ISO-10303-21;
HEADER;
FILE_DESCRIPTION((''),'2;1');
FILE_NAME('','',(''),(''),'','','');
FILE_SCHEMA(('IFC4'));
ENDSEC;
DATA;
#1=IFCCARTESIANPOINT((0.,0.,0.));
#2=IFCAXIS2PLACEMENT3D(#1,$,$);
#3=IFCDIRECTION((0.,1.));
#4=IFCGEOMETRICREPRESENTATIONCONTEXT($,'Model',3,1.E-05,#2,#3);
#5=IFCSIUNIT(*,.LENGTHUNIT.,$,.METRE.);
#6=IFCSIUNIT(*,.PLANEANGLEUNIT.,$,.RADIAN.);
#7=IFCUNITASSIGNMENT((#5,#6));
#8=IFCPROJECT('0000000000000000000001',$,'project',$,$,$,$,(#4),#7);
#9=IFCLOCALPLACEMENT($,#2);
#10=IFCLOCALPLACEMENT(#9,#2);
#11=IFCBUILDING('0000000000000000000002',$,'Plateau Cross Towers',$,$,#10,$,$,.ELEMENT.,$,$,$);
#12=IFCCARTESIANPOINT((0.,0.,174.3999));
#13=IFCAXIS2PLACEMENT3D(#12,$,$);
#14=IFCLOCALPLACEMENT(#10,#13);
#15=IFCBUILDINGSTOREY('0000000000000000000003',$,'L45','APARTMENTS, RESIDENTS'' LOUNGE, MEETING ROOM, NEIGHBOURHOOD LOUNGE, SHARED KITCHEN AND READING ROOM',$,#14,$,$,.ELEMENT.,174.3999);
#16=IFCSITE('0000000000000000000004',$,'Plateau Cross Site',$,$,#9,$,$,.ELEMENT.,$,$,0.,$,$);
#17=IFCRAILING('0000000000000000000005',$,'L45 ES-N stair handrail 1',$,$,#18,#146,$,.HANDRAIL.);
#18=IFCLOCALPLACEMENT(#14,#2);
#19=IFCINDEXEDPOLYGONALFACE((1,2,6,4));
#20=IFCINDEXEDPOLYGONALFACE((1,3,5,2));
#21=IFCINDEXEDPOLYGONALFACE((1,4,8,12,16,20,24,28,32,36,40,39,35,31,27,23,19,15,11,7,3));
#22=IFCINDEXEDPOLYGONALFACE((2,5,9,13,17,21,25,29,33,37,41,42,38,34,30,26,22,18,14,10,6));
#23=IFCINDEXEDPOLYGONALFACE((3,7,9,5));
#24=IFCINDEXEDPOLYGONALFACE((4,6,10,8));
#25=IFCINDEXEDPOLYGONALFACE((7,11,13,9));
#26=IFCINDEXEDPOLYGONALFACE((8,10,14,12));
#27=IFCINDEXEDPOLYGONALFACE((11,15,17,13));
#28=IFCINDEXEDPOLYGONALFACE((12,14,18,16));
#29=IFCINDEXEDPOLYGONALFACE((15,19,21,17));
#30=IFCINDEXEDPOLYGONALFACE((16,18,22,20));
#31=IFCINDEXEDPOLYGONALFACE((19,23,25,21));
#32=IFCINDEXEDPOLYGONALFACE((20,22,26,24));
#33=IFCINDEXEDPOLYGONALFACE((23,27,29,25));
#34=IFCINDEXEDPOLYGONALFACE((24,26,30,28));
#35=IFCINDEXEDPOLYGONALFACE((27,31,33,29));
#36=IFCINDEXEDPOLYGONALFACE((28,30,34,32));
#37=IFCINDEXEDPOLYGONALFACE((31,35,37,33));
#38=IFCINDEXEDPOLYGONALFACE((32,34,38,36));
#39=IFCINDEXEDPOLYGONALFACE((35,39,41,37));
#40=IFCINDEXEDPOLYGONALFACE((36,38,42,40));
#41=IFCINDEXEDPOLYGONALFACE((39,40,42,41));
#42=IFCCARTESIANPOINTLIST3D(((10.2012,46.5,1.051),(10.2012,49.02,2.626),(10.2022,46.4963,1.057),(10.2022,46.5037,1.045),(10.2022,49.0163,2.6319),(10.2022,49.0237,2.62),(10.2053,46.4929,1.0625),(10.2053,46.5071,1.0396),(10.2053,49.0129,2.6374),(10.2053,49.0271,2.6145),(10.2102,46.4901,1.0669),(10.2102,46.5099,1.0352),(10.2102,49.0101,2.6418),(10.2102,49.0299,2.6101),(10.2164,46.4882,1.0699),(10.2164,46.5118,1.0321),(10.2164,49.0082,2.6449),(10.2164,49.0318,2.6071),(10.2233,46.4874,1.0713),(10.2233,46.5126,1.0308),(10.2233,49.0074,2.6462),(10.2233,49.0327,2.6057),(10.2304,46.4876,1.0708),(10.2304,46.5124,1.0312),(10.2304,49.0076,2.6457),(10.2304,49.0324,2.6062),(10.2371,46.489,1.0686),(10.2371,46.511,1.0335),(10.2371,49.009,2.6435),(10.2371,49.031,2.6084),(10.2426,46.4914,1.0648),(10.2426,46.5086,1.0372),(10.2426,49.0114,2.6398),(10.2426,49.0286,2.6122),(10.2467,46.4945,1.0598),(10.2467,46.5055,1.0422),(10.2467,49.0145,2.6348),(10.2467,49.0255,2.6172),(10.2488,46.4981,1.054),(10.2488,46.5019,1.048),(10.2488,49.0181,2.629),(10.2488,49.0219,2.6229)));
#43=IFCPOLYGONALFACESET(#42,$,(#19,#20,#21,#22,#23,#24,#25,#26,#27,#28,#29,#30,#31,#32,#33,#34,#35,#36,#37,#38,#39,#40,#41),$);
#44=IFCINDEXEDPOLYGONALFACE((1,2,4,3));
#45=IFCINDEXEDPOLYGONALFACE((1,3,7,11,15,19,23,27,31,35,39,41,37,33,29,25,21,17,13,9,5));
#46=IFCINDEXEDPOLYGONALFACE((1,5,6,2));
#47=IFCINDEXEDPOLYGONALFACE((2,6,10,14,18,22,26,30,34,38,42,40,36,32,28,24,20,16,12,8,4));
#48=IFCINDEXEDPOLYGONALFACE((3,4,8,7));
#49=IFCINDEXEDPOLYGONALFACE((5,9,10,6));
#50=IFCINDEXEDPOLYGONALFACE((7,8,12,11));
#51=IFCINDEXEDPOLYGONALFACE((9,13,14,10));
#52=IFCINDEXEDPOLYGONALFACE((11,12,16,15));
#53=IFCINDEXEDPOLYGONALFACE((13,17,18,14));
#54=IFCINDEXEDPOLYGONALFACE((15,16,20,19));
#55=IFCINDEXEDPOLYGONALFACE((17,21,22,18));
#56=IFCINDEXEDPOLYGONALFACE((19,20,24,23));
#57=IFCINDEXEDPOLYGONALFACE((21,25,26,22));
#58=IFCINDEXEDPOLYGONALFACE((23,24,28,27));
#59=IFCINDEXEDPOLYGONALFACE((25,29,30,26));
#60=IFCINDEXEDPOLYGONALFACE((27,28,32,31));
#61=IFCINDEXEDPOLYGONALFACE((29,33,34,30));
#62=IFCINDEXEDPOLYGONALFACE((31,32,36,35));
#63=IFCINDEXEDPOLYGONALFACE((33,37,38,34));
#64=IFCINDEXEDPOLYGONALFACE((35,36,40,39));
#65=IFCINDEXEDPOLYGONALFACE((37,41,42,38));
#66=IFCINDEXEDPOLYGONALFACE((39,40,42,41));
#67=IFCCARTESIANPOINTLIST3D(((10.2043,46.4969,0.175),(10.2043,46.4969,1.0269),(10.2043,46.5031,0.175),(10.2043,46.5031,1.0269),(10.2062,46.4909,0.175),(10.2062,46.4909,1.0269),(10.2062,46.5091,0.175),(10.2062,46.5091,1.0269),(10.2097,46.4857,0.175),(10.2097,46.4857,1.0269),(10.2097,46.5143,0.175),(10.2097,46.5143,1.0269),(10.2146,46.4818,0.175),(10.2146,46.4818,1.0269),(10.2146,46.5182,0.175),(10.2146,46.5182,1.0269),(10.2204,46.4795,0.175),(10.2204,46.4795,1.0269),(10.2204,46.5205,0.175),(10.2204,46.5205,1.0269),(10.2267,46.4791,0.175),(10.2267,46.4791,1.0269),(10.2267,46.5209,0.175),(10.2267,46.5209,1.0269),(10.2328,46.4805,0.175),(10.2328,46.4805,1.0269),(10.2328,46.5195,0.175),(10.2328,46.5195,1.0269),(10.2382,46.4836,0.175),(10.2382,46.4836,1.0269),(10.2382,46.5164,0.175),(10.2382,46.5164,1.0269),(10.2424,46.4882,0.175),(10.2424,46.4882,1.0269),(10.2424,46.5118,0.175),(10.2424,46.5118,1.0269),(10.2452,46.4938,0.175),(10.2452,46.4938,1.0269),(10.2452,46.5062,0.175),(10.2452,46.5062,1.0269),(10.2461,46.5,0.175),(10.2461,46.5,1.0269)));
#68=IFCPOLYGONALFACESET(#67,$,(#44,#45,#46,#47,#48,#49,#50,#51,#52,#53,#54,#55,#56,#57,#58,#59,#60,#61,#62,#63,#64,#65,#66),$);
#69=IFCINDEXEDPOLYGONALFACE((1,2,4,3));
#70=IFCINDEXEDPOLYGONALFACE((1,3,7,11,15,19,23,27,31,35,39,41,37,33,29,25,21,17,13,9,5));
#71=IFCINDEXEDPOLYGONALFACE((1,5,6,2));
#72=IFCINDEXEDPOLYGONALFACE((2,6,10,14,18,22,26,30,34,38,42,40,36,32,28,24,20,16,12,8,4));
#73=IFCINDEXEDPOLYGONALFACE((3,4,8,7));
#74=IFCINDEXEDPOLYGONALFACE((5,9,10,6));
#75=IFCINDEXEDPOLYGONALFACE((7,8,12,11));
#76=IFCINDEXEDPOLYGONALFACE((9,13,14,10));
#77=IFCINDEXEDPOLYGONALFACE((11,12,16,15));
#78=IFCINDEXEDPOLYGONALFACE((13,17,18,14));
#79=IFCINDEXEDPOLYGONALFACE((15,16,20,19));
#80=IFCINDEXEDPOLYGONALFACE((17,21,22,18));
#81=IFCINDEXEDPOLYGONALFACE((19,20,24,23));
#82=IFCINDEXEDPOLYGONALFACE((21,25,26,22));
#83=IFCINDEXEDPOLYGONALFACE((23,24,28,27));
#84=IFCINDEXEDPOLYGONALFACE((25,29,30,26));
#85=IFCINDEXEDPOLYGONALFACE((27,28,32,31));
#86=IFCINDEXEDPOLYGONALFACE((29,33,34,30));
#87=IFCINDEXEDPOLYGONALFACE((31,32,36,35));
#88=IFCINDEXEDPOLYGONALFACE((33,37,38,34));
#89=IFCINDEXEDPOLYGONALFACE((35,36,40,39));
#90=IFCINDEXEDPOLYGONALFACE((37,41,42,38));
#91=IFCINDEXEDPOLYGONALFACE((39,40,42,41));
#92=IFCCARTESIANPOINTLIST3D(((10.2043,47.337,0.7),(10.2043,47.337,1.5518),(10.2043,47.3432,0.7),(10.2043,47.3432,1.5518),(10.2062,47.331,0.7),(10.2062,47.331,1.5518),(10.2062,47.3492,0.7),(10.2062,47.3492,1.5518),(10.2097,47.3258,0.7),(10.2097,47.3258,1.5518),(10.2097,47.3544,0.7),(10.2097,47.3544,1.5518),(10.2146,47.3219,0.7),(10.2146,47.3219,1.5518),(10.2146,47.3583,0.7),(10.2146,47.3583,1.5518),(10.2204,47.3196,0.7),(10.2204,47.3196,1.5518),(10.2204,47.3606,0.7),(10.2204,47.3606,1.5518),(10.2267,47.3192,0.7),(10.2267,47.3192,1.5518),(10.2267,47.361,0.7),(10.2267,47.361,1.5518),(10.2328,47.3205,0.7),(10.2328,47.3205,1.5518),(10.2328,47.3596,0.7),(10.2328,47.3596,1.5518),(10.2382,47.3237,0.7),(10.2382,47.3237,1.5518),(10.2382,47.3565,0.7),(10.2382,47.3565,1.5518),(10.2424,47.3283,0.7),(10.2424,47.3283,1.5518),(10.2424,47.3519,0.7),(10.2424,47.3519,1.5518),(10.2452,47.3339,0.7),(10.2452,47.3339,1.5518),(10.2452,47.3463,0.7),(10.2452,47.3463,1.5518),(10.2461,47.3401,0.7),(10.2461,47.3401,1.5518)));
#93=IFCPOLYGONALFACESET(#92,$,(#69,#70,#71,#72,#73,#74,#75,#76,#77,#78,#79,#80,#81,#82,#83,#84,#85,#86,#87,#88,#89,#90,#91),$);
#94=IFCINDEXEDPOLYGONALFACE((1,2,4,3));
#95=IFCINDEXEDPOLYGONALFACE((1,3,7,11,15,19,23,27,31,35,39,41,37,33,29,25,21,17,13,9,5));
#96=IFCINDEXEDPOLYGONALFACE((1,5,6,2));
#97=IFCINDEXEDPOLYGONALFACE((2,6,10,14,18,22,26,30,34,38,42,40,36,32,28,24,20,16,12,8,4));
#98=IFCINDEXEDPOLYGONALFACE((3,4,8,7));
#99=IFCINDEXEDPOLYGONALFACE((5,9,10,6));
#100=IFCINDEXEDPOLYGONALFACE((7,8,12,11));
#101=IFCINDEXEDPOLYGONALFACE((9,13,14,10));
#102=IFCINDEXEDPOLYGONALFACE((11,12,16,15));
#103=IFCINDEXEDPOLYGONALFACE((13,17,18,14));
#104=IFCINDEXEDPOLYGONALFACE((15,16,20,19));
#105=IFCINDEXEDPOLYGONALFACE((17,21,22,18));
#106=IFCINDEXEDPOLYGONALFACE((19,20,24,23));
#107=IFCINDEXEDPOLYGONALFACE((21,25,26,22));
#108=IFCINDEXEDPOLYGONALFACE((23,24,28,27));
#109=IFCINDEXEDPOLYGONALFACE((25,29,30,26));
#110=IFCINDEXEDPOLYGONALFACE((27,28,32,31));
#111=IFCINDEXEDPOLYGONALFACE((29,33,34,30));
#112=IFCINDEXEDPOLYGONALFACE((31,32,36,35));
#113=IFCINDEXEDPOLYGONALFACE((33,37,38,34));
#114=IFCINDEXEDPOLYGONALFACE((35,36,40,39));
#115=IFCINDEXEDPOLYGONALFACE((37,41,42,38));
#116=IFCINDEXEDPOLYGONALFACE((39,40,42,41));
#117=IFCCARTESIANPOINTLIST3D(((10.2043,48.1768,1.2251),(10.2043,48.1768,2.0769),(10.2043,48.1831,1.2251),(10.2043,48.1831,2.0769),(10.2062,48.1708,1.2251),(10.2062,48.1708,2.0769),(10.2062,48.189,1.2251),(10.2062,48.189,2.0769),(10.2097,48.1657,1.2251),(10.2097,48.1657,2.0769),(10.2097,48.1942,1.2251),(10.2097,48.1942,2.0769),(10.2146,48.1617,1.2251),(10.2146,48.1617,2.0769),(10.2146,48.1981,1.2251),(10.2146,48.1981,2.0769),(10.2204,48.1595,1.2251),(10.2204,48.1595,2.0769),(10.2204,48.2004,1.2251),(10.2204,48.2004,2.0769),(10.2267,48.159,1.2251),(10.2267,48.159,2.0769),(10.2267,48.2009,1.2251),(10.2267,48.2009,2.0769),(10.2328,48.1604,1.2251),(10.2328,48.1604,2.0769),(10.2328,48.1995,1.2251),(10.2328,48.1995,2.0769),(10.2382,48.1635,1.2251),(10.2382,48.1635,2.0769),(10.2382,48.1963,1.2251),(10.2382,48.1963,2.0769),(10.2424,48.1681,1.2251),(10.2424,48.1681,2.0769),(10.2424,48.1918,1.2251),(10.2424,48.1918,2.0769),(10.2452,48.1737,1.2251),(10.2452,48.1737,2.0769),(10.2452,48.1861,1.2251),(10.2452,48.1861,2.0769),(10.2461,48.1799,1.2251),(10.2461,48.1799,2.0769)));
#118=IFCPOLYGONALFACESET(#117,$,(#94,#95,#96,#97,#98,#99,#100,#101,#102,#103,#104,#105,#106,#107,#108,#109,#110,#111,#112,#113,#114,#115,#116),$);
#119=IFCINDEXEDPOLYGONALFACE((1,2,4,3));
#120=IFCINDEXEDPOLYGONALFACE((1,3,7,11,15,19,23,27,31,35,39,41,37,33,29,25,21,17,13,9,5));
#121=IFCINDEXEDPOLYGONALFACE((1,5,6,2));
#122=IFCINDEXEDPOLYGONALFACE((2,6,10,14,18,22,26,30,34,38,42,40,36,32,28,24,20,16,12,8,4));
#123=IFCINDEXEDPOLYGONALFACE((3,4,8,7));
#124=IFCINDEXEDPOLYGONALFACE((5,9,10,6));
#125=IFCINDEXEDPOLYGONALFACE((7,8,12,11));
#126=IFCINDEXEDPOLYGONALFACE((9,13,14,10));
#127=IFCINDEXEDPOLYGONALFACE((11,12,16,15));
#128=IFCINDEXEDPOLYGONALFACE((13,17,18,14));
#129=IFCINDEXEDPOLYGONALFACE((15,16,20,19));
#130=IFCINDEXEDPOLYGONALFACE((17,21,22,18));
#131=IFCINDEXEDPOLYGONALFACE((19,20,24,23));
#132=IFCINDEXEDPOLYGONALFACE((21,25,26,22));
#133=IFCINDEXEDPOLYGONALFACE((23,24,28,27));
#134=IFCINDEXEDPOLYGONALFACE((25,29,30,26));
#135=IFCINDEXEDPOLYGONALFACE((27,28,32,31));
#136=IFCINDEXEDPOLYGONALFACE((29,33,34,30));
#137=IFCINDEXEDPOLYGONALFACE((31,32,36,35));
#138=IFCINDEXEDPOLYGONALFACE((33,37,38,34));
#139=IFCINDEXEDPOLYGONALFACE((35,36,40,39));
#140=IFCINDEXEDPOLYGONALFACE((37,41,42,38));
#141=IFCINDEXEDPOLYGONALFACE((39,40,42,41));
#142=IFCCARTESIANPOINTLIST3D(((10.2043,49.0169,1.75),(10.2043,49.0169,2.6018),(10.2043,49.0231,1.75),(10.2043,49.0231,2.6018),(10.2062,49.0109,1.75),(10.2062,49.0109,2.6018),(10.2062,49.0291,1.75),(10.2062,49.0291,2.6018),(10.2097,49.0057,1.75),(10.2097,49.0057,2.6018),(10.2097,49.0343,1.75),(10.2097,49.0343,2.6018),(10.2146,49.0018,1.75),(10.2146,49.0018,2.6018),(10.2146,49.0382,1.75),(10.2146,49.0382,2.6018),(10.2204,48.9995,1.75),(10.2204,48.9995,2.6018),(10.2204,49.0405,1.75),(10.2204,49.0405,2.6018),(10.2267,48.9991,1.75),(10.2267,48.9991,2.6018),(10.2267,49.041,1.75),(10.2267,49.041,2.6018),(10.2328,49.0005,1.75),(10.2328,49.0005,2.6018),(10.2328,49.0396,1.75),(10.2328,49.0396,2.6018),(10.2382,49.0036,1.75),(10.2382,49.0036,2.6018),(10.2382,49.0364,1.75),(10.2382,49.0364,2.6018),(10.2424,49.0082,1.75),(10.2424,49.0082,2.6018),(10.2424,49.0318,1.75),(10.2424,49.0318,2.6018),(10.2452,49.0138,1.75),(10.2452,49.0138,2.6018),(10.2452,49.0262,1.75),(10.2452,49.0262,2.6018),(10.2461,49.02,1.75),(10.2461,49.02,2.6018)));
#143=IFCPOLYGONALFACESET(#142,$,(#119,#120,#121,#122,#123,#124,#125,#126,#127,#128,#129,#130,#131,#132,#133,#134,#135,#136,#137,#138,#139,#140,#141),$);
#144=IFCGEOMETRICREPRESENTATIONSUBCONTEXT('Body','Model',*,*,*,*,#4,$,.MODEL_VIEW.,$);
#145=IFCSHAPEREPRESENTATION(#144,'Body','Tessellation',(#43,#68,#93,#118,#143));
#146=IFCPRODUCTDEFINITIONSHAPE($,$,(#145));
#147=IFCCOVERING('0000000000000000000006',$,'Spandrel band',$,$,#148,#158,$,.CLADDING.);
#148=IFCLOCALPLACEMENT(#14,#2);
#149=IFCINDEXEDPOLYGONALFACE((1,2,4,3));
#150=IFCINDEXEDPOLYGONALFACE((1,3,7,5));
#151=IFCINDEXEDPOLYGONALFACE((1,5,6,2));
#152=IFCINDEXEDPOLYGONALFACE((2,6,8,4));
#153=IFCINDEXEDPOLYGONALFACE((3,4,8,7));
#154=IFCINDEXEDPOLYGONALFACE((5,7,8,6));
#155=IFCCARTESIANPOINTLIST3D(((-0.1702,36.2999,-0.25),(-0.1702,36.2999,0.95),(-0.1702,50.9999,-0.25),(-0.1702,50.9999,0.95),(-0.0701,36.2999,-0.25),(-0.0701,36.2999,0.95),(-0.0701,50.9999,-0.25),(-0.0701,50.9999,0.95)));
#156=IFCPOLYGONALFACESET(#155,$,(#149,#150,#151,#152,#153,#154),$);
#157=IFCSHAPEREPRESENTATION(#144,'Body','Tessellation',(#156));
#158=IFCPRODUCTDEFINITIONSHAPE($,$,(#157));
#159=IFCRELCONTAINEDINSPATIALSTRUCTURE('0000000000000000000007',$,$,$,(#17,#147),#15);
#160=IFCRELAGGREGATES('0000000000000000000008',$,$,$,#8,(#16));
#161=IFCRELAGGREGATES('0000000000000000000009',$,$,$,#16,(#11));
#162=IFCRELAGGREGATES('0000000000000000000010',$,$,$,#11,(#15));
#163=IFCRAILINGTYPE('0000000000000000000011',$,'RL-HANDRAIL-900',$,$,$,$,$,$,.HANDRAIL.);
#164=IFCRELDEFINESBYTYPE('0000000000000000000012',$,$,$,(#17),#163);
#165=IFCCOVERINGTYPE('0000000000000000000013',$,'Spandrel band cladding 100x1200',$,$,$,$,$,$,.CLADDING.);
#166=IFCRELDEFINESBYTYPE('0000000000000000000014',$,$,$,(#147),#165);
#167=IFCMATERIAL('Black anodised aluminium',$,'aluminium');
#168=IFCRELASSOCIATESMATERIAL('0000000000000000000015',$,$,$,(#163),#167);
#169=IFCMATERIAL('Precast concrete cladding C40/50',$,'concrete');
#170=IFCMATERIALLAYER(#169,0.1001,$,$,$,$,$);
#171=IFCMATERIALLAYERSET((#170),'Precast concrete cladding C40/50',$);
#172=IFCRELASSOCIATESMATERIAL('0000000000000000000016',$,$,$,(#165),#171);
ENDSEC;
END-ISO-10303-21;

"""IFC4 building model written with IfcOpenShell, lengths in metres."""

from ifc_helpers import new_model, si_unit, direction, frame, origin, origin_2d, place, context, subcontext, project, spatial, rectangle, circle, extrude, material, layer, layer_set, type_object, element, save


model = new_model("IFC4")

# Units and contexts
model_context = context("Model", 3, precision=1e-05, world=origin(), true_north=direction((0.0, 1.0)))
body_context = subcontext(model_context, "Body", "Model", "MODEL_VIEW")
ifc_project = project(units=[si_unit("LENGTHUNIT", "METRE"), si_unit("PLANEANGLEUNIT", "RADIAN")], contexts=[model_context])

# Site, building, storey
site_placement = place(None, origin())
site = spatial("IfcSite", under=ifc_project, at=site_placement, Name="Plateau Cross Site", CompositionType="ELEMENT", RefElevation=0.0)
building_placement = place(site_placement, origin())
building = spatial("IfcBuilding", under=site, at=building_placement, Name="Plateau Cross Towers", CompositionType="ELEMENT")
storey_placement = place(building_placement, frame((0.0, 0.0, 174.3999)))
storey = spatial("IfcBuildingStorey", under=building, at=storey_placement, Name="L45", Description="APARTMENTS, RESIDENTS' LOUNGE, MEETING ROOM, NEIGHBOURHOOD LOUNGE, SHARED KITCHEN AND READING ROOM", CompositionType="ELEMENT", Elevation=174.3999)

# Shared definitions
ifc_material_1 = material(Name="Black anodised aluminium", Category="aluminium")

# Railing
railing_type_1 = type_object("IfcRailingType", Name="RL-HANDRAIL-900", PredefinedType="HANDRAIL", material=ifc_material_1)
railing_1_placement = place(storey_placement, frame((10.2251, 46.5, 0.175)))
element("IfcRailing", 1, at=railing_1_placement, inside=storey, type_object=railing_type_1, Name="L45 ES-N stair handrail 1", PredefinedType="HANDRAIL", context=body_context, shape_type="SweptSolid", body=[
    extrude(circle(Radius=0.0239, at=origin_2d()), frame((0.0, 0.0, 0.876), z_axis=(0.0, 0.848008, 0.529984), x_axis=(-1.0, 0.0, 0.0)), (0.0, 0.0, 1.0), 2.9717),
    extrude(circle(Radius=0.021, at=origin_2d()), origin(), (0.0, 0.0, 1.0), 0.8518),
    extrude(circle(Radius=0.021, at=origin_2d()), frame((0.0, 0.8401, 0.5249)), (0.0, 0.0, 1.0), 0.8518),
    extrude(circle(Radius=0.021, at=origin_2d()), frame((0.0, 1.6799, 1.05)), (0.0, 0.0, 1.0), 0.8518),
    extrude(circle(Radius=0.021, at=origin_2d()), frame((0.0, 2.52, 1.575)), (0.0, 0.0, 1.0), 0.8518),
])

# Covering
ifc_material_2 = material(Name="Precast concrete cladding C40/50", Category="concrete")
ifc_layer_1 = layer(ifc_material_2, 0.1001)
ifc_layer_set_1 = layer_set([ifc_layer_1], Name="Precast concrete cladding C40/50")
covering_type = type_object("IfcCoveringType", Name="Spandrel band cladding 100x1200", PredefinedType="CLADDING", material=ifc_layer_set_1)
covering_placement = place(storey_placement, frame((-0.1201, 43.6499, -0.25), z_axis=(0.0, 0.0, 1.0), x_axis=(0.0, -1.0, 0.0)))
element("IfcCovering", 2, at=covering_placement, inside=storey, type_object=covering_type, Name="Spandrel band", PredefinedType="CLADDING", context=body_context, shape_type="SweptSolid", body=[
    extrude(rectangle(XDim=14.7, YDim=0.1001, at=origin_2d()), origin(), (0.0, 0.0, 1.0), 1.2),
])

save(model, "model.ifc")
